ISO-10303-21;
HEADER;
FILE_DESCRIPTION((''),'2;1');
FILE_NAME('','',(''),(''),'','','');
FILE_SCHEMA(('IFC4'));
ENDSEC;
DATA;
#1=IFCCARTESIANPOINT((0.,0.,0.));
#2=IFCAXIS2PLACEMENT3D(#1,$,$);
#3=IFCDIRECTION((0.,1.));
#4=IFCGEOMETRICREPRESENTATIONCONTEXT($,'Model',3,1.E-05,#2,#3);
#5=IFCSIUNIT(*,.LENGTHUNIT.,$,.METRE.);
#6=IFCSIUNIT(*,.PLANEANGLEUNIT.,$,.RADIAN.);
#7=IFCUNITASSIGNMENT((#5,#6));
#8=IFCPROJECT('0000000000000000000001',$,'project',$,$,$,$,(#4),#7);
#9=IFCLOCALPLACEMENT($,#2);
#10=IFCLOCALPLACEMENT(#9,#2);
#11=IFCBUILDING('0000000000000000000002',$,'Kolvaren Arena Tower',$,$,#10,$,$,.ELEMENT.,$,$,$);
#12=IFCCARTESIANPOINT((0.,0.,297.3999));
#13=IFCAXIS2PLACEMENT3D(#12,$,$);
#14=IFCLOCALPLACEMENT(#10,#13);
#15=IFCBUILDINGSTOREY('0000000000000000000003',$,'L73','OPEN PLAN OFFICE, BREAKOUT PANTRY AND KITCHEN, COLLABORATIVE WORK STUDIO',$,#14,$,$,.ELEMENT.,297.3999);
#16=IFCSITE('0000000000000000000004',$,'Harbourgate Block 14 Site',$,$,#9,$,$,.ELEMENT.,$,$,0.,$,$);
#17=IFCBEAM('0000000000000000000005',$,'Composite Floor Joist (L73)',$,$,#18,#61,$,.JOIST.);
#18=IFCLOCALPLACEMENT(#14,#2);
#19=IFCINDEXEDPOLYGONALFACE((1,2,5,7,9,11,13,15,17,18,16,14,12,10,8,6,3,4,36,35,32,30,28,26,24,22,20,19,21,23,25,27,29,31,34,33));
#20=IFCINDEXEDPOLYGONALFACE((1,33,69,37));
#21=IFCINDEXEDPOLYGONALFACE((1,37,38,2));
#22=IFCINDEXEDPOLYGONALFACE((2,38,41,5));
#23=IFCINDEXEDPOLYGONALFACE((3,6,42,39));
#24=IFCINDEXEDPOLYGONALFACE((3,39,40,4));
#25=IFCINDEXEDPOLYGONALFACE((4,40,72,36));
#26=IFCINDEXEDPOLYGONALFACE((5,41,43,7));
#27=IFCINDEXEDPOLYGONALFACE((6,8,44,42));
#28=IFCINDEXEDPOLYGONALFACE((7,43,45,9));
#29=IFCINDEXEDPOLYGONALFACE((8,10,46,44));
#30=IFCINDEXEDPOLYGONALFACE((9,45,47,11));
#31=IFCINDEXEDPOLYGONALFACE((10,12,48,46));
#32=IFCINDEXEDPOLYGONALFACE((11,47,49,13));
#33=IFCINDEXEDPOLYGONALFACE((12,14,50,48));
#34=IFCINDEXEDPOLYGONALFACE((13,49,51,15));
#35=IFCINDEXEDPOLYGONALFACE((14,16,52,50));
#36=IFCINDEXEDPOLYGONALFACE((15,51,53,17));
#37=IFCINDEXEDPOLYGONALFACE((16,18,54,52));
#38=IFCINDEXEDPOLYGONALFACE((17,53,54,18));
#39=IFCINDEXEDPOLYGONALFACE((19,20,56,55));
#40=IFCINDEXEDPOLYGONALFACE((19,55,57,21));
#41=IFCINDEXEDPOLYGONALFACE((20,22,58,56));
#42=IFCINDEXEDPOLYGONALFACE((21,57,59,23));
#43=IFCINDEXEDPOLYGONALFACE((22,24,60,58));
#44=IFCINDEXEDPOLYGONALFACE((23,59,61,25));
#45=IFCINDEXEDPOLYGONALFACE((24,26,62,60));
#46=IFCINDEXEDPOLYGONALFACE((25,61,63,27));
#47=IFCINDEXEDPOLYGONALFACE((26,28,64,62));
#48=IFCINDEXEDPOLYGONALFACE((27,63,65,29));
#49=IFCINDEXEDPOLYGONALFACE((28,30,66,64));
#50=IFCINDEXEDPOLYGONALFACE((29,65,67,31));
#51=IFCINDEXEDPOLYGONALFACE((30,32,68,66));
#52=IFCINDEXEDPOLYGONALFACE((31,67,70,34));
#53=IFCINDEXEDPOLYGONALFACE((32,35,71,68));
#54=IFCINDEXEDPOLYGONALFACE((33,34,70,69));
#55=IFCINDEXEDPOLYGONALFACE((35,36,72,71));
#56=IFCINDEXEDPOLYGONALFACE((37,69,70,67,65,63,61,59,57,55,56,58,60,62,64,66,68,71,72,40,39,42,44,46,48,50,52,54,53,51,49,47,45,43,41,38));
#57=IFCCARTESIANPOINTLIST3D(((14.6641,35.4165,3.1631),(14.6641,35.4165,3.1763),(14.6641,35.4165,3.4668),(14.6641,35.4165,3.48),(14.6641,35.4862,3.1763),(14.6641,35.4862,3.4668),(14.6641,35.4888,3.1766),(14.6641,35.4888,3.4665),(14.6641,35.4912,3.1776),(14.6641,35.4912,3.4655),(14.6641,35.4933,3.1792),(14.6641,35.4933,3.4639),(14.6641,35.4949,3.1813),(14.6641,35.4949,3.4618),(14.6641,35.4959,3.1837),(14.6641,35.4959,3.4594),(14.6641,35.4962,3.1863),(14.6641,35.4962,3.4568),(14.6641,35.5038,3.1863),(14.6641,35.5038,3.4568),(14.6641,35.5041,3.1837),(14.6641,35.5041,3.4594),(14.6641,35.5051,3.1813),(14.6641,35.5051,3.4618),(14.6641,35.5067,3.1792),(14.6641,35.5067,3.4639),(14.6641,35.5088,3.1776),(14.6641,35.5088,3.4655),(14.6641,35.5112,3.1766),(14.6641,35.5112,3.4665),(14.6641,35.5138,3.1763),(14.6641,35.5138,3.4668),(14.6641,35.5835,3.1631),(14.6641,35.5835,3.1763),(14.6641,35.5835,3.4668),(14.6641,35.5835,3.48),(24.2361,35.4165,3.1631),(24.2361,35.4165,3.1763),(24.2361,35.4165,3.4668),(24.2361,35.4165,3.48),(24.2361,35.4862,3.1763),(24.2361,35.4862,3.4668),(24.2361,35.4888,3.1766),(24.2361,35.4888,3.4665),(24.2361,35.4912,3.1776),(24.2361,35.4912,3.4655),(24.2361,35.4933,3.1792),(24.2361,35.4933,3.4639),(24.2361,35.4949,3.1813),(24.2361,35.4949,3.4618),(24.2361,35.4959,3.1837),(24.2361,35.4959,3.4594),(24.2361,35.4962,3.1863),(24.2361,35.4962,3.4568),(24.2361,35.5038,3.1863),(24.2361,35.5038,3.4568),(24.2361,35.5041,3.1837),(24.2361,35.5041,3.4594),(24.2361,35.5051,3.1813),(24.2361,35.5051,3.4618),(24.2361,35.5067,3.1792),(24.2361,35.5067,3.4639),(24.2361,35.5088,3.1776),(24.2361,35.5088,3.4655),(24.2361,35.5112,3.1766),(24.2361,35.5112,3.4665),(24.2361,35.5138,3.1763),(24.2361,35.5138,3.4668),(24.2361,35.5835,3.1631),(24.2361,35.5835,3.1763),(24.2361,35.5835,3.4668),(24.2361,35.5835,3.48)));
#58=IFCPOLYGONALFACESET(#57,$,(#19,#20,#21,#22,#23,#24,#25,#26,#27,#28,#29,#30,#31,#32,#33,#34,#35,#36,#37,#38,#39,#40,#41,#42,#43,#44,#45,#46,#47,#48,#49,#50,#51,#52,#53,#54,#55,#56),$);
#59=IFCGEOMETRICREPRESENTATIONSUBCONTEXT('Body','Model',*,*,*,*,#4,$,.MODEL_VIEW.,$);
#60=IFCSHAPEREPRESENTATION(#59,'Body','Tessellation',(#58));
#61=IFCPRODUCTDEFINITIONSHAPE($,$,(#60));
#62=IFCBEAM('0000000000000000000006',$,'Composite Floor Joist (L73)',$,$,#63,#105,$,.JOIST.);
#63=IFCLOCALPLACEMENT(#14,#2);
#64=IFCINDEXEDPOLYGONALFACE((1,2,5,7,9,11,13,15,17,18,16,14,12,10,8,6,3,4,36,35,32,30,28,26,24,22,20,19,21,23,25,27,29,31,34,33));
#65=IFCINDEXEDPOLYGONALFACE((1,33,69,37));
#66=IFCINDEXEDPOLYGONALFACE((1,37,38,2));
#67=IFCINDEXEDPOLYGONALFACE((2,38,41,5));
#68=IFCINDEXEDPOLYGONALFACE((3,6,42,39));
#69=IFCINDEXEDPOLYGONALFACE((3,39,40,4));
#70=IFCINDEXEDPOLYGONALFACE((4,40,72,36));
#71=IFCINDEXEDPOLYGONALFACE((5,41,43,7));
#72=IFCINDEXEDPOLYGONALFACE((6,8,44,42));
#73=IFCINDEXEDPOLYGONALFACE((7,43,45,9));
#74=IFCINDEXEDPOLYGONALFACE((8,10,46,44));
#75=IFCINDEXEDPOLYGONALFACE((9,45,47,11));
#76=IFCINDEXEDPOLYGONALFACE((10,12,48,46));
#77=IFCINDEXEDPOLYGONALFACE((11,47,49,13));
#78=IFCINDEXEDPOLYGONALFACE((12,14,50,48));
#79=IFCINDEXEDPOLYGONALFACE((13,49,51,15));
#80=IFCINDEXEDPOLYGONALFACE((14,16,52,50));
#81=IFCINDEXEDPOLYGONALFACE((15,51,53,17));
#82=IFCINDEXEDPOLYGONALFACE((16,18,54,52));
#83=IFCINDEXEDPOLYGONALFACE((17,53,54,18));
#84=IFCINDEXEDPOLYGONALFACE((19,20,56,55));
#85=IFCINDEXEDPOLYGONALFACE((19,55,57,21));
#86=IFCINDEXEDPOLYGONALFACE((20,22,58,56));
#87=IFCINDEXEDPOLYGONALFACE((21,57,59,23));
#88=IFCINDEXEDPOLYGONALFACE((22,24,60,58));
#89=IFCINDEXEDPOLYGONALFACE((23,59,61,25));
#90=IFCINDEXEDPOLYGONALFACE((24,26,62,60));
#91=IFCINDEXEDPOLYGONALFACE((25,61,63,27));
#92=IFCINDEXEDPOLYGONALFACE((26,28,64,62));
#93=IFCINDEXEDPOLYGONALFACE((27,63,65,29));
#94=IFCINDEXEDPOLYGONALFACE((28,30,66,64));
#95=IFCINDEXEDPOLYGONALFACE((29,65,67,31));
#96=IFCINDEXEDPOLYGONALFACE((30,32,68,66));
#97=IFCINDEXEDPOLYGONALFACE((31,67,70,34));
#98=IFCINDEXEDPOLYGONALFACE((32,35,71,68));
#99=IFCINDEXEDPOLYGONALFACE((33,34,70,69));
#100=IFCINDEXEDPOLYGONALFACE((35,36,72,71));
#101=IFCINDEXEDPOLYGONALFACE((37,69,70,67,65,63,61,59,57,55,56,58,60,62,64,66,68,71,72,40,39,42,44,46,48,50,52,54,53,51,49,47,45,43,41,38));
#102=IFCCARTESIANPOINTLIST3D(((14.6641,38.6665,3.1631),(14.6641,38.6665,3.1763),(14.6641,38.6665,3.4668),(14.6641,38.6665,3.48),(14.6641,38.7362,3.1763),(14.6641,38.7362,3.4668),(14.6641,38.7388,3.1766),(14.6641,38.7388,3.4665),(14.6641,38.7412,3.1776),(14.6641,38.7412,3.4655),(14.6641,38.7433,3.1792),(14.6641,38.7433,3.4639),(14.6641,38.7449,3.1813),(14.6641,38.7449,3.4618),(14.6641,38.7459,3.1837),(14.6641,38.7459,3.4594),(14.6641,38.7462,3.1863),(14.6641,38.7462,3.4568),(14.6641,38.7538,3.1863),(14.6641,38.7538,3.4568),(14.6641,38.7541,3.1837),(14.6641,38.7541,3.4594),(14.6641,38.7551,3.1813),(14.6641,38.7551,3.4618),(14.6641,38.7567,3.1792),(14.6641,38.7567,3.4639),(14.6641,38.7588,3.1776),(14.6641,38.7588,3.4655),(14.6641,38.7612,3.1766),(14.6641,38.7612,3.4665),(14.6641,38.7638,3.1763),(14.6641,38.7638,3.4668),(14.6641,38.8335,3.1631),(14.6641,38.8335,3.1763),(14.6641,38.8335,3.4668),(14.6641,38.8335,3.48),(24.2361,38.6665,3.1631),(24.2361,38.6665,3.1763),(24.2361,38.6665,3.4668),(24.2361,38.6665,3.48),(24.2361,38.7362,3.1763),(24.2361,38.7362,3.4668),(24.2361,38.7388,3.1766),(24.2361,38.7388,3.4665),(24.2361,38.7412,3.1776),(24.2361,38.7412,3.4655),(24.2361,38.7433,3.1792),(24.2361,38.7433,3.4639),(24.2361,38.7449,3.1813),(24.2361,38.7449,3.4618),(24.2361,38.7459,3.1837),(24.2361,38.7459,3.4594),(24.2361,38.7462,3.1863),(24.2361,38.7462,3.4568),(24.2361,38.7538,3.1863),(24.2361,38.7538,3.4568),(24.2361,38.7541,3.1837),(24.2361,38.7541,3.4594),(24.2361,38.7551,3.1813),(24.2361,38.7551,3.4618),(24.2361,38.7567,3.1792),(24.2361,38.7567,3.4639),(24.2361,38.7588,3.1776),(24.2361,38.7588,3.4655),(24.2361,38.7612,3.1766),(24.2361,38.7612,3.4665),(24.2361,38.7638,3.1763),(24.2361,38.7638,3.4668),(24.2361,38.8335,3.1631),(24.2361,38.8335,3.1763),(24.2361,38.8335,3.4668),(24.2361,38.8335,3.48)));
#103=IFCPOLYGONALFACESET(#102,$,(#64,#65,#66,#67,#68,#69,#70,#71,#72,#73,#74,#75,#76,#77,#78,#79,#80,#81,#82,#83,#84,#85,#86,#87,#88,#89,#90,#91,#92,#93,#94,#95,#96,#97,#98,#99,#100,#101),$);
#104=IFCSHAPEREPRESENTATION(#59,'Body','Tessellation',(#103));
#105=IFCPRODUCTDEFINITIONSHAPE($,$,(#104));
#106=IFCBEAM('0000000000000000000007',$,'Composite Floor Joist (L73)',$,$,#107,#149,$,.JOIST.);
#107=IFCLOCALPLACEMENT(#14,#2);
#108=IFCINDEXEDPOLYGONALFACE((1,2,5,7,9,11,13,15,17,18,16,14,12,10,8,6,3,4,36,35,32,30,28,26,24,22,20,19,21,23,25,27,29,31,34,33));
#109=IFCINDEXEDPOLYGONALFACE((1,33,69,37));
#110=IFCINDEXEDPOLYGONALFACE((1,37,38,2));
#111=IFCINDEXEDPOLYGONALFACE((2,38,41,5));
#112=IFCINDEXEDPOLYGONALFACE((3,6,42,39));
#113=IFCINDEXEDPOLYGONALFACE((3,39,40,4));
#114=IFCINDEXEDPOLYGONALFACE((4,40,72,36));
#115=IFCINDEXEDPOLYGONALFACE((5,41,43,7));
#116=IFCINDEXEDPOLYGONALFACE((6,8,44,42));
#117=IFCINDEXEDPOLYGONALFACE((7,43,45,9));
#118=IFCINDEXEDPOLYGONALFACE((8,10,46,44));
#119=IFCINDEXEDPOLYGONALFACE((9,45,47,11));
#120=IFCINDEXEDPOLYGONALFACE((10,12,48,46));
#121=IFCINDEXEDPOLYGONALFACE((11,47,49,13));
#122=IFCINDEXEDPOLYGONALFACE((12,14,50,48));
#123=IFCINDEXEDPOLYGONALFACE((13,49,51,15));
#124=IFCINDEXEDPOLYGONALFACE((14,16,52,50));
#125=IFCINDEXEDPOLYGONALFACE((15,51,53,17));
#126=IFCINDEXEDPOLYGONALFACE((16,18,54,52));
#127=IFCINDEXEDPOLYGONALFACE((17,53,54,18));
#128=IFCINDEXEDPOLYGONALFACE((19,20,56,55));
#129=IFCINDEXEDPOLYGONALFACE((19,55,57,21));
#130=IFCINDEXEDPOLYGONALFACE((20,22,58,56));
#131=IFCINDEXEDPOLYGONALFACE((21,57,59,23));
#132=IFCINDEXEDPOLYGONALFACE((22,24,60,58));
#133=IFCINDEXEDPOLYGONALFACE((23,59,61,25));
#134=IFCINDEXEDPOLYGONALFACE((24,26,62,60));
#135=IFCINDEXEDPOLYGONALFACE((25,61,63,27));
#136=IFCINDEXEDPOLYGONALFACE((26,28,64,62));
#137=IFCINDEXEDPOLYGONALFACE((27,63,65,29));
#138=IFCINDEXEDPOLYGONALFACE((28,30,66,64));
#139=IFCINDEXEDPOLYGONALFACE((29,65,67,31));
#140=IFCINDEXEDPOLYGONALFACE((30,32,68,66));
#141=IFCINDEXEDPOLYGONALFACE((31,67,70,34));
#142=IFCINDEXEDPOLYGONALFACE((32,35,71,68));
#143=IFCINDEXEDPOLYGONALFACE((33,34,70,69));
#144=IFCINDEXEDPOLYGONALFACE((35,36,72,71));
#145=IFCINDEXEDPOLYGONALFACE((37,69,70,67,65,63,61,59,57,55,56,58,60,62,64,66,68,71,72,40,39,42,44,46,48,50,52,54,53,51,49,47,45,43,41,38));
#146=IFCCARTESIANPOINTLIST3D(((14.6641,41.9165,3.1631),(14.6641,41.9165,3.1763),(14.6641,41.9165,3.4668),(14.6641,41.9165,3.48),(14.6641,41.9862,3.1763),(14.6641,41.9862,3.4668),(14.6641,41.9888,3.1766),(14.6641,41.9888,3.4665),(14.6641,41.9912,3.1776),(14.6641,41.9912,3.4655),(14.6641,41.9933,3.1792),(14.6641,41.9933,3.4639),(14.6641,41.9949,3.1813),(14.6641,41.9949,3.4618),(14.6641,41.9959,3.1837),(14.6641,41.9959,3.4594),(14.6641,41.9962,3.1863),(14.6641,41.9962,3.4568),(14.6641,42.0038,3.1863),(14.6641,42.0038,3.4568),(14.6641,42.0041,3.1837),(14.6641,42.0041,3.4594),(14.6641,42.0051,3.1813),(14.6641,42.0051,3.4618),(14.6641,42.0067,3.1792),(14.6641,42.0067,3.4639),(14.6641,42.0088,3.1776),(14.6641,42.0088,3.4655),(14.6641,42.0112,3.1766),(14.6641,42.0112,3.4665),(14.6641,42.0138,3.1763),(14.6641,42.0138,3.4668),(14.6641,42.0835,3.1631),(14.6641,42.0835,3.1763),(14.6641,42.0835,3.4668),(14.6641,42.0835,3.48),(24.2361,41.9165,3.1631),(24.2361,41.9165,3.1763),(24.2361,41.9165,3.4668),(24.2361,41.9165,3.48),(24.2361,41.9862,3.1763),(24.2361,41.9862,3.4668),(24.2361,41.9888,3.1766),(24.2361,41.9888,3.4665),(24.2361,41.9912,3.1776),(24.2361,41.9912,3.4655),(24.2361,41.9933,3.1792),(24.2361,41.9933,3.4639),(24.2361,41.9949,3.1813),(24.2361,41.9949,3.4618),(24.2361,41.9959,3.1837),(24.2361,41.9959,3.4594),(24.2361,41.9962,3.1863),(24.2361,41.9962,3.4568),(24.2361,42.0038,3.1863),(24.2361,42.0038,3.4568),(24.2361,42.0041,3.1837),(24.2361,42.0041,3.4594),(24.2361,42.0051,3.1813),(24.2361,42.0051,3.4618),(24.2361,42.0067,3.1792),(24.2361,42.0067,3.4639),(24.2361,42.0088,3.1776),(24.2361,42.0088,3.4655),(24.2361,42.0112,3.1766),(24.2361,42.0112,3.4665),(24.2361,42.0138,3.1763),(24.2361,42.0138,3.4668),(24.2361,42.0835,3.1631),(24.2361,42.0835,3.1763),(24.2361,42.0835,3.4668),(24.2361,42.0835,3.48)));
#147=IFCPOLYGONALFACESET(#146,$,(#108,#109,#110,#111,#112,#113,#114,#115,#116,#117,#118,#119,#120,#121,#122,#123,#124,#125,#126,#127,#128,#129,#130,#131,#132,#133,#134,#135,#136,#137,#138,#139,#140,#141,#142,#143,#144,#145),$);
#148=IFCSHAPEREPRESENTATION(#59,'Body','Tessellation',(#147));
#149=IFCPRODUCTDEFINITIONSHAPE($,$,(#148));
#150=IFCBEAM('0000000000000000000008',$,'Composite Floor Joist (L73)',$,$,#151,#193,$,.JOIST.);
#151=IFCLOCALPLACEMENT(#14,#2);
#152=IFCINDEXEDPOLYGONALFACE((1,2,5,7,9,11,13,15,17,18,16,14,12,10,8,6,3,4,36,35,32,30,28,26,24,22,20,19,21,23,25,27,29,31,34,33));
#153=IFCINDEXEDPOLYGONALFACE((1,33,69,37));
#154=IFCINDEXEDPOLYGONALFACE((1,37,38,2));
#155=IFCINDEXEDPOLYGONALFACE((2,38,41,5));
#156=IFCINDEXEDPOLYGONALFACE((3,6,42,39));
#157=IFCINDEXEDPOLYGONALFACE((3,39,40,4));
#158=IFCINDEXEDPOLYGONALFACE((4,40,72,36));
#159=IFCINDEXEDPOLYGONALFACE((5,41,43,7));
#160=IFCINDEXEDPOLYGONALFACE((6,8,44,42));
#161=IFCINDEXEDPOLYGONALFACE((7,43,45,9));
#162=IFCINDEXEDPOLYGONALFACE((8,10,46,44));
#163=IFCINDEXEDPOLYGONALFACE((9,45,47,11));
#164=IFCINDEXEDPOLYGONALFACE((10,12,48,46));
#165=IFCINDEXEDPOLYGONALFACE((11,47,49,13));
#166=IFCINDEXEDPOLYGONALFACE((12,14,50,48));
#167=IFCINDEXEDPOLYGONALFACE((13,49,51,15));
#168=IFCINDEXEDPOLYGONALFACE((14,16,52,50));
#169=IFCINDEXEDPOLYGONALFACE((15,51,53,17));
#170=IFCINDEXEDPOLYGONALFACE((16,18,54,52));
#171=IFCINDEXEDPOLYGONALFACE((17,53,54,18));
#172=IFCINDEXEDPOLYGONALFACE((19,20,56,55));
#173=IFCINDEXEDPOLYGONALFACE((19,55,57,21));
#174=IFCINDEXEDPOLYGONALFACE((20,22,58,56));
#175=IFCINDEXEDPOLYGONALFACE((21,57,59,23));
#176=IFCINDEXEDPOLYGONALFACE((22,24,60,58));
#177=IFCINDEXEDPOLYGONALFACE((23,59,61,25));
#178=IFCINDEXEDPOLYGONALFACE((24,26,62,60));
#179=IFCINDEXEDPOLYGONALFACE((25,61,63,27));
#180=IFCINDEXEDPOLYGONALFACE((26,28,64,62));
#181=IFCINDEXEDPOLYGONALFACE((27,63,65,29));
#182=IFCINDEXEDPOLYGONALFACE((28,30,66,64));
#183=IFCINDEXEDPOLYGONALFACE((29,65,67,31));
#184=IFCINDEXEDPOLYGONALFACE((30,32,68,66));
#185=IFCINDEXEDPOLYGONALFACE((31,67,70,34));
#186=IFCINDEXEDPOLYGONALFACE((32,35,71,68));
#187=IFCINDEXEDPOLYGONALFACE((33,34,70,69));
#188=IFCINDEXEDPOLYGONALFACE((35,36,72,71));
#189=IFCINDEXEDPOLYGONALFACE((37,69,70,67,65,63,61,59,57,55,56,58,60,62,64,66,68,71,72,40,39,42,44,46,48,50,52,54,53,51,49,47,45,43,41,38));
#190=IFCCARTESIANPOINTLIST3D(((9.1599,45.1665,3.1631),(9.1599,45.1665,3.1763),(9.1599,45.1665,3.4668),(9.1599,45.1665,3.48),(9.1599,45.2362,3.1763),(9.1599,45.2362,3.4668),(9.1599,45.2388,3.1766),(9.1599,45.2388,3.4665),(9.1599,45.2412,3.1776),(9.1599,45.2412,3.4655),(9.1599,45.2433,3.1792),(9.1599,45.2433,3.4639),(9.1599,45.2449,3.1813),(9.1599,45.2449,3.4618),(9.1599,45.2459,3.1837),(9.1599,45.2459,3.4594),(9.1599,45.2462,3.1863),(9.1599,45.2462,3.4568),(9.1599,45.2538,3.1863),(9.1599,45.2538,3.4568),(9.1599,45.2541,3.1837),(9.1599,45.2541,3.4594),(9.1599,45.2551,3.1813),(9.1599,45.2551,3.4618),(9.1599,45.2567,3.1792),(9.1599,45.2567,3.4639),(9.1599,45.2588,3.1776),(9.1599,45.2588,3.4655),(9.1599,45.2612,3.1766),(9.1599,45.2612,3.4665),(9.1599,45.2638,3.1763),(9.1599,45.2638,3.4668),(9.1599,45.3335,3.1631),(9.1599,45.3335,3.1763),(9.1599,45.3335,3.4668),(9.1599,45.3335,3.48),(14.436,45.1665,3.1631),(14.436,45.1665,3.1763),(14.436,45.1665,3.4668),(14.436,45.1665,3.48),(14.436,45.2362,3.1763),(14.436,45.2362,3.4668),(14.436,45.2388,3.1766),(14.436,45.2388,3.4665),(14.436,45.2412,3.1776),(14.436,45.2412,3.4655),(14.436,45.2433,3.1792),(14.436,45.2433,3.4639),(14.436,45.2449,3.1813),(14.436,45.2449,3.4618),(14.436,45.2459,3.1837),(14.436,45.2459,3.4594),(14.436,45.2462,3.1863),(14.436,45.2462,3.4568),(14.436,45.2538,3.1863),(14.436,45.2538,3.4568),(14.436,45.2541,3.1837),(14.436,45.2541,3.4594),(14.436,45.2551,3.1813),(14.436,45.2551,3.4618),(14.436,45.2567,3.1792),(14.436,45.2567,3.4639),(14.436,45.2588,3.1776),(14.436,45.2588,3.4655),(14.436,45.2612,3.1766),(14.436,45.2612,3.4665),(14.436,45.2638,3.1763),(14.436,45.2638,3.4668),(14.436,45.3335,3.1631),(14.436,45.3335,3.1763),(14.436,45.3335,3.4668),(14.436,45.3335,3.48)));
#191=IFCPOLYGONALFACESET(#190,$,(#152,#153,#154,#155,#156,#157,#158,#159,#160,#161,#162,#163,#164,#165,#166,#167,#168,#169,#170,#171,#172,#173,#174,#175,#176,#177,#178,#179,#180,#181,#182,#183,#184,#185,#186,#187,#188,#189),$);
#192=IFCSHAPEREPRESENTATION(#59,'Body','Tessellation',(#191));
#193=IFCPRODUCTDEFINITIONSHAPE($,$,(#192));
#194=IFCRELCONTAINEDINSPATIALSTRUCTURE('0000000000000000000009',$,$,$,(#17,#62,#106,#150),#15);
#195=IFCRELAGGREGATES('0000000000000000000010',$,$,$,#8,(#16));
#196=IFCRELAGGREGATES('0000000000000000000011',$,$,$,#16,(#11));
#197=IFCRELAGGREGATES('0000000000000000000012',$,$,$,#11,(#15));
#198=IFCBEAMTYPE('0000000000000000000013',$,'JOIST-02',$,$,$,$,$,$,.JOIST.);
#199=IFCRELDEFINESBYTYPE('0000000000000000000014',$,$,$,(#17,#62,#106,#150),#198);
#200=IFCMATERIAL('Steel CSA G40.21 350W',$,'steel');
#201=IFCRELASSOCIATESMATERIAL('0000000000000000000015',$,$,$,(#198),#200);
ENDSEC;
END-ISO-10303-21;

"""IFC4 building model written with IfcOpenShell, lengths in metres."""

from ifc_helpers import new_model, si_unit, direction, frame, origin, origin_2d, place, context, subcontext, project, spatial, i_section, extrude, material, material_profile, profile_set, type_object, element, save


model = new_model("IFC4")

# Units and contexts
model_context = context("Model", 3, precision=1e-05, world=origin(), true_north=direction((0.0, 1.0)))
body_context = subcontext(model_context, "Body", "Model", "MODEL_VIEW")
ifc_project = project(units=[si_unit("LENGTHUNIT", "METRE"), si_unit("PLANEANGLEUNIT", "RADIAN")], contexts=[model_context])

# Site, building, storey
site_placement = place(None, origin())
site = spatial("IfcSite", under=ifc_project, at=site_placement, Name="Harbourgate Block 14 Site", CompositionType="ELEMENT", RefElevation=0.0)
building_placement = place(site_placement, origin())
building = spatial("IfcBuilding", under=site, at=building_placement, Name="Kolvaren Arena Tower", CompositionType="ELEMENT")
storey_placement = place(building_placement, frame((0.0, 0.0, 297.3999)))
storey = spatial("IfcBuildingStorey", under=building, at=storey_placement, Name="L73", Description="OPEN PLAN OFFICE, BREAKOUT PANTRY AND KITCHEN, COLLABORATIVE WORK STUDIO", CompositionType="ELEMENT", Elevation=297.3999)

# Beams
ifc_material_1 = material(Name="Steel CSA G40.21 350W", Category="steel")
ifc_material_profile_1 = material_profile(ifc_material_1, i_section(OverallWidth=0.167, OverallDepth=0.3169, WebThickness=0.0076, FlangeThickness=0.0132, FilletRadius=0.01, at=origin_2d()), Name="W310x52")
ifc_profile_set_1 = profile_set([ifc_material_profile_1], Name="Steel CSA G40.21 350W")
beam_type_1 = type_object("IfcBeamType", Name="JOIST-02", PredefinedType="JOIST", material=ifc_profile_set_1)
for number, where, z_axis, x_axis, name in (
    (1, (14.6641, 35.5, 3.3215), (1.0, 0.0, 0.0), (0.0, 1.0, 0.0), "Composite Floor Joist (L73)"),
    (2, (14.6641, 38.75, 3.3215), (1.0, 0.0, 0.0), (0.0, 1.0, 0.0), "Composite Floor Joist (L73)"),
    (3, (14.6641, 42.0, 3.3215), (1.0, 0.0, 0.0), (0.0, 1.0, 0.0), "Composite Floor Joist (L73)"),
):
    element("IfcBeam", number, at=place(storey_placement, frame(where, z_axis=z_axis, x_axis=x_axis)), inside=storey, type_object=beam_type_1, Name=name, PredefinedType="JOIST", context=body_context, shape_type="SweptSolid", body=[
        extrude(i_section(OverallWidth=0.167, OverallDepth=0.3169, WebThickness=0.0076, FlangeThickness=0.0132, FilletRadius=0.01, at=origin_2d()), origin(), (0.0, 0.0, 1.0), 9.572),
    ])
beam_1_placement = place(storey_placement, frame((9.1599, 45.25, 3.3215), z_axis=(1.0, 0.0, 0.0), x_axis=(0.0, 1.0, 0.0)))
element("IfcBeam", 4, at=beam_1_placement, inside=storey, type_object=beam_type_1, Name="Composite Floor Joist (L73)", PredefinedType="JOIST", context=body_context, shape_type="SweptSolid", body=[
    extrude(i_section(OverallWidth=0.167, OverallDepth=0.3169, WebThickness=0.0076, FlangeThickness=0.0132, FilletRadius=0.01, at=origin_2d()), origin(), (0.0, 0.0, 1.0), 5.2761),
])

save(model, "model.ifc")
